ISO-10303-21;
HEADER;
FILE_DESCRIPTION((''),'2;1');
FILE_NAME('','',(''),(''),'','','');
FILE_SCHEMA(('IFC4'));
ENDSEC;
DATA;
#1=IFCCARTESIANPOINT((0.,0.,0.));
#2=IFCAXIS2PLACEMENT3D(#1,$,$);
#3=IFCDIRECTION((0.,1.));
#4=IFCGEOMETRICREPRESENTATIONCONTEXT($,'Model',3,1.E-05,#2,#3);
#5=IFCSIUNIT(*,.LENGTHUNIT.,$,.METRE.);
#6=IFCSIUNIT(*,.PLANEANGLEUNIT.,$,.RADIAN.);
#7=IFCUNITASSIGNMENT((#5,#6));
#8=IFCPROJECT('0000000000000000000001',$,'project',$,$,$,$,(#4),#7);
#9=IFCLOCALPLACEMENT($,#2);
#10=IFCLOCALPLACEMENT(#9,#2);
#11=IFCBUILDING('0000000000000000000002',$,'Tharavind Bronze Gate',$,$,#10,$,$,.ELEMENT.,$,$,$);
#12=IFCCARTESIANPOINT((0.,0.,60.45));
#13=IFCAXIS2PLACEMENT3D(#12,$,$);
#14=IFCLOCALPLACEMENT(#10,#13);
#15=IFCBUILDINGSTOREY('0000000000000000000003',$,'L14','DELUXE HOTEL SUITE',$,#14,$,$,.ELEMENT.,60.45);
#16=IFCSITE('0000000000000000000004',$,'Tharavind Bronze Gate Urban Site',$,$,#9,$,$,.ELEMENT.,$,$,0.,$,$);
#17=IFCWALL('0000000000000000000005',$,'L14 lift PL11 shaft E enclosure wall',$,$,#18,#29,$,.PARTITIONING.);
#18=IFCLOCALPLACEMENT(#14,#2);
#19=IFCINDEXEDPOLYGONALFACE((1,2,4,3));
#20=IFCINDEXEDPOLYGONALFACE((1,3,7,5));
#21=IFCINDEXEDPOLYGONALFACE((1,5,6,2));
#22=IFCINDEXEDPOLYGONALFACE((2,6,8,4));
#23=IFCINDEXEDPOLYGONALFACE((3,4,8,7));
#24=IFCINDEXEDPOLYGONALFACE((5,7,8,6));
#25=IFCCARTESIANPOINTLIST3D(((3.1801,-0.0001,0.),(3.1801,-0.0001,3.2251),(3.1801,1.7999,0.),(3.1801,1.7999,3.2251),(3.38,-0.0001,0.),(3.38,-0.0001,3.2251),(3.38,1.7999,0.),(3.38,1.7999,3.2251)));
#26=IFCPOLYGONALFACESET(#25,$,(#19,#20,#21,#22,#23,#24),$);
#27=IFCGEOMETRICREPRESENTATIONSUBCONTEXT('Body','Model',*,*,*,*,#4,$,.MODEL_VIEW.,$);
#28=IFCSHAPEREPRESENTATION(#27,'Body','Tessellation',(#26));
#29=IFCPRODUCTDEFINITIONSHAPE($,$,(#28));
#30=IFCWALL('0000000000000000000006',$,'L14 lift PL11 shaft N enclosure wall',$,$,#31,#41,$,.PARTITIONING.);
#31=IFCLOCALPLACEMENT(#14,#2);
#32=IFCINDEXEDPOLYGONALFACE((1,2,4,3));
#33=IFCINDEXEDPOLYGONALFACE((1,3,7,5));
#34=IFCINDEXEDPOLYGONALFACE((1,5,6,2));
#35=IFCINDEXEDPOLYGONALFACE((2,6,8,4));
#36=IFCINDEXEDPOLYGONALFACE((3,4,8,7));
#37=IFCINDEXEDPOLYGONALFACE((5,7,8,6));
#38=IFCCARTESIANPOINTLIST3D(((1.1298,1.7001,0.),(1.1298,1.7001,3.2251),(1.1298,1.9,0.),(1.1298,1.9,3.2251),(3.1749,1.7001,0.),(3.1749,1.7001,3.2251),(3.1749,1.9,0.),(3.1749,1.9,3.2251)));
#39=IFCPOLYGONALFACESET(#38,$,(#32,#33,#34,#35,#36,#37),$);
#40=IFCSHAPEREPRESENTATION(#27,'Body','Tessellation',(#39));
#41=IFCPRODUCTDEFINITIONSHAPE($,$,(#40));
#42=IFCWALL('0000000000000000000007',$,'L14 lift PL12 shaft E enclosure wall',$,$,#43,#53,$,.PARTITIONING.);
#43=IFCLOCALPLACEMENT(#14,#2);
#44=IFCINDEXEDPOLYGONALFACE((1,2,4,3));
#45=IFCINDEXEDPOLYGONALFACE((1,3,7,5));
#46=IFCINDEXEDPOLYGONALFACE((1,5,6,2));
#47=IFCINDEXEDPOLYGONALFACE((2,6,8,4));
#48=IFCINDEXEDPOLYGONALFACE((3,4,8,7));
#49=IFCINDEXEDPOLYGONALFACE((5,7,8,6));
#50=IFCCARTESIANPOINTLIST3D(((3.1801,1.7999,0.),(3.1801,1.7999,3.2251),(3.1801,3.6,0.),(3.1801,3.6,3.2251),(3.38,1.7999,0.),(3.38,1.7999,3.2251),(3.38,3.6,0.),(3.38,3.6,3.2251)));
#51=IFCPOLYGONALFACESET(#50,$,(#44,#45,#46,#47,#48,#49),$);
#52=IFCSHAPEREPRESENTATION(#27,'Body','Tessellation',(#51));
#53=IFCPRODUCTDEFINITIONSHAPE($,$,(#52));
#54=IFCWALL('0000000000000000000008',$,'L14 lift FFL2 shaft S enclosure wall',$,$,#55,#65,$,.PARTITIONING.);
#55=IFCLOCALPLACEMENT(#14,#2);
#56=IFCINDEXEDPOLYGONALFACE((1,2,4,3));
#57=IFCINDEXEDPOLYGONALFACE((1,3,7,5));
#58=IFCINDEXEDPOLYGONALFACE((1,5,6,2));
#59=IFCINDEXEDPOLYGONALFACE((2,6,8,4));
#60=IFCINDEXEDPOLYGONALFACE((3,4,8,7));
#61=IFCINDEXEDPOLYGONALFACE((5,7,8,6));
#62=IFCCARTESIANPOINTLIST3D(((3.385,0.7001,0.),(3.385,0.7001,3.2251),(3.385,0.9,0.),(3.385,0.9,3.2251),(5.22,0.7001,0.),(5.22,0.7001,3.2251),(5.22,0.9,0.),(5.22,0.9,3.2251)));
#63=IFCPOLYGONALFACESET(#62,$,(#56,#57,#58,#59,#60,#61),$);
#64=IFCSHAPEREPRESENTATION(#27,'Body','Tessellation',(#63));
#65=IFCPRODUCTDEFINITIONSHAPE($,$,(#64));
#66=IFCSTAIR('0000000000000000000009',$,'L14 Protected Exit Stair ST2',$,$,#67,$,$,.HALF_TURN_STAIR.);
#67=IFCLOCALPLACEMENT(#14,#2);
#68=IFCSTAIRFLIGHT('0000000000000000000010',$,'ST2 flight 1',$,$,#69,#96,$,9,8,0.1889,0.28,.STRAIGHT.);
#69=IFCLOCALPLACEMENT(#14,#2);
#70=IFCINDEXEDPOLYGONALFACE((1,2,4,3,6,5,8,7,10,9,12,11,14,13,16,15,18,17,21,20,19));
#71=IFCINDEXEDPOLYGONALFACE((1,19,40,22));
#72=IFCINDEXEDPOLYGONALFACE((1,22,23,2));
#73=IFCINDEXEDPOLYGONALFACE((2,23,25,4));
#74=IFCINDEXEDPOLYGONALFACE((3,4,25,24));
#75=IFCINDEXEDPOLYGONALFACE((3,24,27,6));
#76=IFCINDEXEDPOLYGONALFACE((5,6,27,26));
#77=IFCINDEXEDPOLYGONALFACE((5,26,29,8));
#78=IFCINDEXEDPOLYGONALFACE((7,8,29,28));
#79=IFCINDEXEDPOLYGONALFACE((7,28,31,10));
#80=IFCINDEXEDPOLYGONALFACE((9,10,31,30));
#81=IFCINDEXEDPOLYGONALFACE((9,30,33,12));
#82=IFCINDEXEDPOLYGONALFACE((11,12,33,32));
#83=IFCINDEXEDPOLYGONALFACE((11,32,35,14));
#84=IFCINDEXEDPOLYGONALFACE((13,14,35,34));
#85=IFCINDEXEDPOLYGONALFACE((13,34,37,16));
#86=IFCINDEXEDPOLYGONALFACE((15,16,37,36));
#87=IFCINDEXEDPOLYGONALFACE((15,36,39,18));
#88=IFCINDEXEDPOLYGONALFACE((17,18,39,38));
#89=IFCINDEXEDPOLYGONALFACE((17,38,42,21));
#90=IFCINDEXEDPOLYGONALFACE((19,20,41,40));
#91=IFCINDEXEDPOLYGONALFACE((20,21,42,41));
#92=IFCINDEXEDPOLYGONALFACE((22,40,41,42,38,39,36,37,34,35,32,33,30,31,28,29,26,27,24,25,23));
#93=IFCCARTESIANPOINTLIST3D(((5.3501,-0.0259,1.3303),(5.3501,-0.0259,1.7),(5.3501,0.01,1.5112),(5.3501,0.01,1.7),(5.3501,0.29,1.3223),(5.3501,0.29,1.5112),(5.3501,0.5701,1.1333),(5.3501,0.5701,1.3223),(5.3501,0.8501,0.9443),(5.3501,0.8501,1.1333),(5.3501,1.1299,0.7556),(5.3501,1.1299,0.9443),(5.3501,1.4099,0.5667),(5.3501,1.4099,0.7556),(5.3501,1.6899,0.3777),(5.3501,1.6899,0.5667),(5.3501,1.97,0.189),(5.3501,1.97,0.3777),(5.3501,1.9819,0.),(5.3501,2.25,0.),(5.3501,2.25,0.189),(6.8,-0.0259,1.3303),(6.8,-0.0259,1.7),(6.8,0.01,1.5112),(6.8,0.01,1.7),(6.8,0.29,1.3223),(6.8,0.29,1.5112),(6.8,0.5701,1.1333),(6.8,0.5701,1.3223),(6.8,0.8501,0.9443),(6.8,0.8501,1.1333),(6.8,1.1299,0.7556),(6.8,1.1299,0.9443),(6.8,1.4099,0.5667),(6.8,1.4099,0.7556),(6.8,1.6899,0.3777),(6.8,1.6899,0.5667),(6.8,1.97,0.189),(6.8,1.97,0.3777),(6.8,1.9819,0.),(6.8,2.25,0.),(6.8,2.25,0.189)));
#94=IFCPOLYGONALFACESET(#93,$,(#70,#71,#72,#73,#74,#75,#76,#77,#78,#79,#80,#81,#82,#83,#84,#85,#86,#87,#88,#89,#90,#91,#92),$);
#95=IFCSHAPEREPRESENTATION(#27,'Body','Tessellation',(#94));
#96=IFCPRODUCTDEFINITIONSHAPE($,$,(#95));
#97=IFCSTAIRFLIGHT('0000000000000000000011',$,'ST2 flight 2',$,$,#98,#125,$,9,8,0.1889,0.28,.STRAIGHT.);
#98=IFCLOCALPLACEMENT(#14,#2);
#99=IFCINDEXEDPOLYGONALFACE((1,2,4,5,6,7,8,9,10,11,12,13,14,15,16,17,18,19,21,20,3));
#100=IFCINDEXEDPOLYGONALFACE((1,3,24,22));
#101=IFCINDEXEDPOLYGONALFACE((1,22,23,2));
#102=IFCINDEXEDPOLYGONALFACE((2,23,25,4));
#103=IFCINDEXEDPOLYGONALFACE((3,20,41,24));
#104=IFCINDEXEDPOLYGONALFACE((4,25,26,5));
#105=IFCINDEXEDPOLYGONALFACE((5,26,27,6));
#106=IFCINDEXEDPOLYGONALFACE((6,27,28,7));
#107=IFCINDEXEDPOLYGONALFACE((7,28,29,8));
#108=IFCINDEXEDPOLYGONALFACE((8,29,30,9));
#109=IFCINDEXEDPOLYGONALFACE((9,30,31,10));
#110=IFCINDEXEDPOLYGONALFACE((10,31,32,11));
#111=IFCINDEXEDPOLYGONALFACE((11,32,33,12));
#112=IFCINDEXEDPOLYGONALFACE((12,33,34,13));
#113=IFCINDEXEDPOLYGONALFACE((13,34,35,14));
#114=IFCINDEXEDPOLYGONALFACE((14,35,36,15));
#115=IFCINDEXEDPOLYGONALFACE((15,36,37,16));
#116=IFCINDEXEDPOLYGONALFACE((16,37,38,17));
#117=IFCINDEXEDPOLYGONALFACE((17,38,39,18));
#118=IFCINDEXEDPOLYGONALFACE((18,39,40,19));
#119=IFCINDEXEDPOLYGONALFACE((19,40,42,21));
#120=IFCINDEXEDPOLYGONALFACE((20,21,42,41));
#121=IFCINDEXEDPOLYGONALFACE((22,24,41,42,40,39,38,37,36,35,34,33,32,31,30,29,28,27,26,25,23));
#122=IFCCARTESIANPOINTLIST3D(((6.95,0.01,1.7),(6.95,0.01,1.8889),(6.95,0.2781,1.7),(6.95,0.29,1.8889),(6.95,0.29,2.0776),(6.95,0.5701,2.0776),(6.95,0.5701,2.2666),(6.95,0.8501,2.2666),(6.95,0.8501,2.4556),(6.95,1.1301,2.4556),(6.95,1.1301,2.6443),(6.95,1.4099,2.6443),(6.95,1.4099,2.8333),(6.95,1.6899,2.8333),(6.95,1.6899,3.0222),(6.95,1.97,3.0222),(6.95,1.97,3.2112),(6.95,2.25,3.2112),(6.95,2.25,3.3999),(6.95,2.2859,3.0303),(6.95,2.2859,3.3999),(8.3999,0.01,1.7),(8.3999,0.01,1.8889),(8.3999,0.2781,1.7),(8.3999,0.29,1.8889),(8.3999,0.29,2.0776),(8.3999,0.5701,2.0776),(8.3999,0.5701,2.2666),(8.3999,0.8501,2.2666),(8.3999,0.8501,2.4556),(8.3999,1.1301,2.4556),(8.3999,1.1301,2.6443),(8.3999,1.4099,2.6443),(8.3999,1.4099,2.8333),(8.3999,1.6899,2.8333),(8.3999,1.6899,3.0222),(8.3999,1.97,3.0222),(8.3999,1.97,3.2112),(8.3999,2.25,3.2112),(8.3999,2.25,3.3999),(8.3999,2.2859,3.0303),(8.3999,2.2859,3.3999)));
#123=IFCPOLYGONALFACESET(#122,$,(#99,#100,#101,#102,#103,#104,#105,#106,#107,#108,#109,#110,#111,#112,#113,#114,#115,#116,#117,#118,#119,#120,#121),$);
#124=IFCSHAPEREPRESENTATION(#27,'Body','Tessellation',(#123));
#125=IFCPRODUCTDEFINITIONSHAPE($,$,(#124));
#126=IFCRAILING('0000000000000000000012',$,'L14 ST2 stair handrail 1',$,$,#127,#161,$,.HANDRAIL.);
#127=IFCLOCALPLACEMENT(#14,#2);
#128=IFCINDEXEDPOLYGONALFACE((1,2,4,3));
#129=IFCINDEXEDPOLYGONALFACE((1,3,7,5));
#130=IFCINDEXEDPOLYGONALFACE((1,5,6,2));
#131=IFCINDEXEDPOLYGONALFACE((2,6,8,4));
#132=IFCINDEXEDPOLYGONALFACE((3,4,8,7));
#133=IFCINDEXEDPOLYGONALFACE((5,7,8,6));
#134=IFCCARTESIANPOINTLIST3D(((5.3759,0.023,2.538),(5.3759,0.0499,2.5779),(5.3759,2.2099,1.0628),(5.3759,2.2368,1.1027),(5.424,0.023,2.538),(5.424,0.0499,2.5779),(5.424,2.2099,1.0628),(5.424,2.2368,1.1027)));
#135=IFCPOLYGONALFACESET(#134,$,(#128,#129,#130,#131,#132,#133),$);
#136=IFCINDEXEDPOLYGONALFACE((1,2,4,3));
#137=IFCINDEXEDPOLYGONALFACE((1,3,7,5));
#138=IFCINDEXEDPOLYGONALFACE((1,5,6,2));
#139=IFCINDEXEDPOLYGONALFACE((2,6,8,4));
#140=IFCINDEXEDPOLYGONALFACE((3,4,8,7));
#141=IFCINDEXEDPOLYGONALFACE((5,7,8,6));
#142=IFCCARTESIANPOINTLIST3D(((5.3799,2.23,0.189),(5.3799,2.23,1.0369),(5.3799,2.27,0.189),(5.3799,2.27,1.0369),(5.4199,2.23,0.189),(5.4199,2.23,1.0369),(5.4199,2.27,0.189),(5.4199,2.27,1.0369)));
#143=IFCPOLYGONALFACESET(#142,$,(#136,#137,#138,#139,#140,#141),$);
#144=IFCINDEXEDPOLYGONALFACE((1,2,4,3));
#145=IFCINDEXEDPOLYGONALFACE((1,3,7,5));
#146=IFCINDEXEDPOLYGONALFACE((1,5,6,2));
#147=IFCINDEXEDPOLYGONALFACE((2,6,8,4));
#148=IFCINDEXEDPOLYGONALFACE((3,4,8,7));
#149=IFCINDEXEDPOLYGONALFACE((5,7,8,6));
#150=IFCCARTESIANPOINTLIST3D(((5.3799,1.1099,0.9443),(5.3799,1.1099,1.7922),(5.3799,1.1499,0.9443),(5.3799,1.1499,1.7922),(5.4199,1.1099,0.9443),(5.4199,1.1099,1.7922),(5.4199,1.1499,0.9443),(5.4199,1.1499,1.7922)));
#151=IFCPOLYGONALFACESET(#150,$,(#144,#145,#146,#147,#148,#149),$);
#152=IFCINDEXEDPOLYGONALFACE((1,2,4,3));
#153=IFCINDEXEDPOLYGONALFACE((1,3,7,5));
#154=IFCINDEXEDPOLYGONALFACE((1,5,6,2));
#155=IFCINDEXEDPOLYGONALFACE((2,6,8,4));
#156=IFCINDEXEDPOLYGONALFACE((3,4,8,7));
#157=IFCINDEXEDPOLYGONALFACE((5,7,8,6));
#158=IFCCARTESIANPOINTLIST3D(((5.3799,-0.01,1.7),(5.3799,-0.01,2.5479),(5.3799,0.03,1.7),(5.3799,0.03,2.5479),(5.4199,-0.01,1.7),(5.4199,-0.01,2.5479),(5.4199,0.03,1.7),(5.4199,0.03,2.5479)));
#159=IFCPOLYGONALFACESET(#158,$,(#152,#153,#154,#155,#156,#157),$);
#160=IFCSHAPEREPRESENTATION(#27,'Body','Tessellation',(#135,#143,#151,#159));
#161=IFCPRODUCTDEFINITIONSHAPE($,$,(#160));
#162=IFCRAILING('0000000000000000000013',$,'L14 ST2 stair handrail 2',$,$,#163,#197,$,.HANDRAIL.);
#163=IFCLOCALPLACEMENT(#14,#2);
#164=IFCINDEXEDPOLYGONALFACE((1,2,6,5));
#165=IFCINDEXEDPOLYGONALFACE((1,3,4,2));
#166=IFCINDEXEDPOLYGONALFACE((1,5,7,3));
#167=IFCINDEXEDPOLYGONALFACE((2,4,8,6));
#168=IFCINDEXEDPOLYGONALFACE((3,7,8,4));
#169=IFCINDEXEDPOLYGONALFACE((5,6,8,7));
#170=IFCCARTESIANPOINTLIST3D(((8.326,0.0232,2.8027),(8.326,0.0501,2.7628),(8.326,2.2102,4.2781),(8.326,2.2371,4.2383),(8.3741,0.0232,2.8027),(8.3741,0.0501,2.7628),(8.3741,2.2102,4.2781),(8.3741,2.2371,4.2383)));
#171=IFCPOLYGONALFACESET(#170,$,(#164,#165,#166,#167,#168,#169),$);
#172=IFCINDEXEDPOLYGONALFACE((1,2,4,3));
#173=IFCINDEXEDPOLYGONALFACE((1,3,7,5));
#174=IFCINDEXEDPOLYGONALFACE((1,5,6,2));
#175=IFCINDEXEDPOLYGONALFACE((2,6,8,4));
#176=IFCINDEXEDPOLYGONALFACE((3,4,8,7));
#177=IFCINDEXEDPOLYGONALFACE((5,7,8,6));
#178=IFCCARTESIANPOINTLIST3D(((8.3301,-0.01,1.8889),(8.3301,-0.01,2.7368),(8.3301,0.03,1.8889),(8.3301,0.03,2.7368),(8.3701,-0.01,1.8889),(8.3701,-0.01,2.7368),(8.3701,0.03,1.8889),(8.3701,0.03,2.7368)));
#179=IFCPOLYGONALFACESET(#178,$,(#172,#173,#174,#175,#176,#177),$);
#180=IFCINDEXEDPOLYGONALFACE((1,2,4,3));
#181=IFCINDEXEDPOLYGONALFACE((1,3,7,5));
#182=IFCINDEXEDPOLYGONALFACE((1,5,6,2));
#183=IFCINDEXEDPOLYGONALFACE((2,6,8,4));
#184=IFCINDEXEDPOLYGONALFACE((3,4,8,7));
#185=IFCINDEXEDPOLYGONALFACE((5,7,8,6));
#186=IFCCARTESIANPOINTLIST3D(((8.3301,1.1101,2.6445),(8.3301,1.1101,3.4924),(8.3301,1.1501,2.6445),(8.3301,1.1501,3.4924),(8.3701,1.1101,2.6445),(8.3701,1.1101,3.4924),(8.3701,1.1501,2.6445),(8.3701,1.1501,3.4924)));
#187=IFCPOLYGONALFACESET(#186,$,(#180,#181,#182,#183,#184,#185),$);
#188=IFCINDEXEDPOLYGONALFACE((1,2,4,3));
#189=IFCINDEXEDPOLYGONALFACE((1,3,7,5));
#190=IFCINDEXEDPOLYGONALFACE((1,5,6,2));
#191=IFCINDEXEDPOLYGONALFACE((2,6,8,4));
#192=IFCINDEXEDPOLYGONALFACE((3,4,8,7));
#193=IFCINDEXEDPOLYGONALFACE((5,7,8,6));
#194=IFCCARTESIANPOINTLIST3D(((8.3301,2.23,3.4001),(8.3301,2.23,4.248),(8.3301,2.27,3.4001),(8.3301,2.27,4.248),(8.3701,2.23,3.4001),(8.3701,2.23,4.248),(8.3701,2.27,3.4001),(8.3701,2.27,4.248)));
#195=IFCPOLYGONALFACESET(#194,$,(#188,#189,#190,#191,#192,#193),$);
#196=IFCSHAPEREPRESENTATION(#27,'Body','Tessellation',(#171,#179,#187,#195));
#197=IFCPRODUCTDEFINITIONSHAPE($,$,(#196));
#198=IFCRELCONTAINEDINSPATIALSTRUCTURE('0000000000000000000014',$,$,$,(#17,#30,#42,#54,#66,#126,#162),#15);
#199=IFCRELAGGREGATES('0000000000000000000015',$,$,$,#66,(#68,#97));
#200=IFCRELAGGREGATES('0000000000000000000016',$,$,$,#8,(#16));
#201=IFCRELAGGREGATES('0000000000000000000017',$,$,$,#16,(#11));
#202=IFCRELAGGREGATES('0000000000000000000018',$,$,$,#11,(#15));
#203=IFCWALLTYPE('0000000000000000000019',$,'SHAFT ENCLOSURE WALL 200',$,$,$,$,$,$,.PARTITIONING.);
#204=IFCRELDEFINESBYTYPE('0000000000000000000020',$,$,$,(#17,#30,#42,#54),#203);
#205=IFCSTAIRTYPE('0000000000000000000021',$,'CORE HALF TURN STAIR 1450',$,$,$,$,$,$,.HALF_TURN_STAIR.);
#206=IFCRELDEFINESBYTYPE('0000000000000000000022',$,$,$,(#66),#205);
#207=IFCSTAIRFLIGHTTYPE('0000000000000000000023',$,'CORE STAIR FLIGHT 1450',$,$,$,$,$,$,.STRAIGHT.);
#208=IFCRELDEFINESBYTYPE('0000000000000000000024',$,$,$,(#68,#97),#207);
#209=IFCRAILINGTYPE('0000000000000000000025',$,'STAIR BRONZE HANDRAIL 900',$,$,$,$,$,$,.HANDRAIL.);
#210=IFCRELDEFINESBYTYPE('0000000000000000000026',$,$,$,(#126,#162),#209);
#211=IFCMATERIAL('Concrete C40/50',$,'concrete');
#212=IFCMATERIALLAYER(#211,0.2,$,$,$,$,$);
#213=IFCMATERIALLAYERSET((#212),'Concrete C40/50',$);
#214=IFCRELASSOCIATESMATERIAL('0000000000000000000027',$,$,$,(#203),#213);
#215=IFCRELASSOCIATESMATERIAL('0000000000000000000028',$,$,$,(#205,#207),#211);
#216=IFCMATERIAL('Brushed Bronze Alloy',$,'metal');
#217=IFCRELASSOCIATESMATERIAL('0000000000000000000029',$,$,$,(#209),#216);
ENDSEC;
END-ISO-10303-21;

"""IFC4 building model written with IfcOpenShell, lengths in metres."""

from ifc_helpers import new_model, si_unit, direction, frame, frame_2d, origin, origin_2d, place, context, subcontext, project, spatial, polyline, rectangle, outline, extrude, material, layer, layer_set, type_object, element, aggregate, save


model = new_model("IFC4")

# Units and contexts
model_context = context("Model", 3, precision=1e-05, world=origin(), true_north=direction((0.0, 1.0)))
body_context = subcontext(model_context, "Body", "Model", "MODEL_VIEW")
ifc_project = project(units=[si_unit("LENGTHUNIT", "METRE"), si_unit("PLANEANGLEUNIT", "RADIAN")], contexts=[model_context])

# Site, building, storey
site_placement = place(None, origin())
site = spatial("IfcSite", under=ifc_project, at=site_placement, Name="Tharavind Bronze Gate Urban Site", CompositionType="ELEMENT", RefElevation=0.0)
building_placement = place(site_placement, origin())
building = spatial("IfcBuilding", under=site, at=building_placement, Name="Tharavind Bronze Gate", CompositionType="ELEMENT")
storey_placement = place(building_placement, frame((0.0, 0.0, 60.45)))
storey = spatial("IfcBuildingStorey", under=building, at=storey_placement, Name="L14", Description="DELUXE HOTEL SUITE", CompositionType="ELEMENT", Elevation=60.45)

# Walls
ifc_material_1 = material(Name="Concrete C40/50", Category="concrete")
ifc_layer_1 = layer(ifc_material_1, 0.2)
ifc_layer_set_1 = layer_set([ifc_layer_1], Name="Concrete C40/50")
wall_type_1 = type_object("IfcWallType", Name="SHAFT ENCLOSURE WALL 200", PredefinedType="PARTITIONING", material=ifc_layer_set_1)
wall_1_placement = place(storey_placement, frame((3.28, 0.0, 0.0), z_axis=(0.0, 0.0, 1.0), x_axis=(0.0, 1.0, 0.0)))
element("IfcWall", 1, at=wall_1_placement, inside=storey, type_object=wall_type_1, Name="L14 lift PL11 shaft E enclosure wall", PredefinedType="PARTITIONING", context=body_context, shape_type="SweptSolid", body=[
    extrude(rectangle(XDim=1.8, YDim=0.2, at=frame_2d((0.8999, 0.0))), origin(), (0.0, 0.0, 1.0), 3.2251),
])
wall_2_placement = place(storey_placement, frame((1.1299, 1.8, 0.0), z_axis=(0.0, 0.0, 1.0), x_axis=(1.0, 0.0, 0.0)))
element("IfcWall", 2, at=wall_2_placement, inside=storey, type_object=wall_type_1, Name="L14 lift PL11 shaft N enclosure wall", PredefinedType="PARTITIONING", context=body_context, shape_type="SweptSolid", body=[
    extrude(rectangle(XDim=2.0452, YDim=0.2, at=frame_2d((1.0225, 0.0))), origin(), (0.0, 0.0, 1.0), 3.2251),
])
wall_3_placement = place(storey_placement, frame((3.28, 1.8, 0.0), z_axis=(0.0, 0.0, 1.0), x_axis=(0.0, 1.0, 0.0)))
element("IfcWall", 3, at=wall_3_placement, inside=storey, type_object=wall_type_1, Name="L14 lift PL12 shaft E enclosure wall", PredefinedType="PARTITIONING", context=body_context, shape_type="SweptSolid", body=[
    extrude(rectangle(XDim=1.8, YDim=0.2, at=frame_2d((0.8999, 0.0))), origin(), (0.0, 0.0, 1.0), 3.2251),
])
wall_4_placement = place(storey_placement, frame((3.385, 0.8, 0.0), z_axis=(0.0, 0.0, 1.0), x_axis=(1.0, 0.0, 0.0)))
element("IfcWall", 4, at=wall_4_placement, inside=storey, type_object=wall_type_1, Name="L14 lift FFL2 shaft S enclosure wall", PredefinedType="PARTITIONING", context=body_context, shape_type="SweptSolid", body=[
    extrude(rectangle(XDim=1.835, YDim=0.2, at=frame_2d((0.9175, 0.0))), origin(), (0.0, 0.0, 1.0), 3.2251),
])

# Stair, stair flights
stair_type = type_object("IfcStairType", Name="CORE HALF TURN STAIR 1450", PredefinedType="HALF_TURN_STAIR", material=ifc_material_1)
stair_placement = place(storey_placement, origin())
stair = element("IfcStair", 5, at=stair_placement, inside=storey, type_object=stair_type, Name="L14 Protected Exit Stair ST2", PredefinedType="HALF_TURN_STAIR")
stair_flight_type = type_object("IfcStairFlightType", Name="CORE STAIR FLIGHT 1450", PredefinedType="STRAIGHT", material=ifc_material_1)
stair_flight_1_placement = place(storey_placement, frame((6.075, 2.25, 0.0), z_axis=(0.0, 0.0, 1.0), x_axis=(0.0, -1.0, 0.0)))
stair_flight_1 = element("IfcStairFlight", 6, at=stair_flight_1_placement, type_object=stair_flight_type, Name="ST2 flight 1", NumberOfRisers=9, NumberOfTreads=8, PredefinedType="STRAIGHT", RiserHeight=0.1889, TreadLength=0.28, context=body_context, shape_type="SweptSolid", body=[
    extrude(outline(polyline([(0.0, 0.0), (0.0, 0.189), (0.28, 0.189), (0.28, 0.3777), (0.5601, 0.3777), (0.5601, 0.5667), (0.8401, 0.5667), (0.8401, 0.7556), (1.1201, 0.7556), (1.1201, 0.9443), (1.3999, 0.9443), (1.3999, 1.1333), (1.6799, 1.1333), (1.6799, 1.3223), (1.96, 1.3223), (1.96, 1.5112), (2.24, 1.5112), (2.24, 1.7), (2.2759, 1.7), (2.2759, 1.3303), (0.2681, 0.0), (0.0, 0.0)])), frame((0.0, 0.7251, 0.0), z_axis=(0.0, -1.0, 0.0), x_axis=(1.0, 0.0, 0.0)), (0.0, 0.0, 1.0), 1.45),
])
stair_flight_2_placement = place(storey_placement, frame((7.675, 0.01, 1.7), z_axis=(0.0, 0.0, 1.0), x_axis=(0.0, 1.0, 0.0)))
stair_flight_2 = element("IfcStairFlight", 7, at=stair_flight_2_placement, type_object=stair_flight_type, Name="ST2 flight 2", NumberOfRisers=9, NumberOfTreads=8, PredefinedType="STRAIGHT", RiserHeight=0.1889, TreadLength=0.28, context=body_context, shape_type="SweptSolid", body=[
    extrude(outline(polyline([(0.0, 0.0), (0.0, 0.189), (0.28, 0.189), (0.28, 0.3777), (0.5601, 0.3777), (0.5601, 0.5667), (0.8401, 0.5667), (0.8401, 0.7556), (1.1201, 0.7556), (1.1201, 0.9443), (1.3999, 0.9443), (1.3999, 1.1333), (1.6799, 1.1333), (1.6799, 1.3223), (1.96, 1.3223), (1.96, 1.5112), (2.24, 1.5112), (2.24, 1.7), (2.2759, 1.7), (2.2759, 1.3303), (0.2681, 0.0), (0.0, 0.0)])), frame((0.0, 0.7251, 0.0), z_axis=(0.0, -1.0, 0.0), x_axis=(1.0, 0.0, 0.0)), (0.0, 0.0, 1.0), 1.45),
])
aggregate(stair, [stair_flight_1, stair_flight_2])

# Railings
ifc_material_2 = material(Name="Brushed Bronze Alloy", Category="metal")
railing_type_1 = type_object("IfcRailingType", Name="STAIR BRONZE HANDRAIL 900", PredefinedType="HANDRAIL", material=ifc_material_2)
railing_1_placement = place(storey_placement, frame((5.3999, 2.25, 0.189)))
element("IfcRailing", 8, at=railing_1_placement, inside=storey, type_object=railing_type_1, Name="L14 ST2 stair handrail 1", PredefinedType="HANDRAIL", context=body_context, shape_type="SweptSolid", body=[
    extrude(rectangle(XDim=0.0481, YDim=0.0481, at=origin_2d()), frame((0.0, -0.0266, 0.8938), z_axis=(0.0, -0.829021, 0.559217), x_axis=(1.0, 0.0, 0.0)), (0.0, 0.0, 1.0), 2.6379),
    extrude(rectangle(XDim=0.04, YDim=0.04, at=origin_2d()), origin(), (0.0, 0.0, 1.0), 0.8479),
    extrude(rectangle(XDim=0.04, YDim=0.04, at=origin_2d()), frame((0.0, -1.1201, 0.7554)), (0.0, 0.0, 1.0), 0.8479),
    extrude(rectangle(XDim=0.04, YDim=0.04, at=origin_2d()), frame((0.0, -2.24, 1.511)), (0.0, 0.0, 1.0), 0.8479),
])
railing_2_placement = place(storey_placement, frame((8.3501, 0.01, 1.8889)))
element("IfcRailing", 9, at=railing_2_placement, inside=storey, type_object=railing_type_1, Name="L14 ST2 stair handrail 2", PredefinedType="HANDRAIL", context=body_context, shape_type="SweptSolid", body=[
    extrude(rectangle(XDim=0.0481, YDim=0.0481, at=origin_2d()), frame((0.0, 0.0266, 0.8938), z_axis=(0.0, 0.82898, 0.559279), x_axis=(-1.0, 0.0, 0.0)), (0.0, 0.0, 1.0), 2.6382),
    extrude(rectangle(XDim=0.04, YDim=0.04, at=origin_2d()), origin(), (0.0, 0.0, 1.0), 0.8479),
    extrude(rectangle(XDim=0.04, YDim=0.04, at=origin_2d()), frame((0.0, 1.1201, 0.7556)), (0.0, 0.0, 1.0), 0.8479),
    extrude(rectangle(XDim=0.04, YDim=0.04, at=origin_2d()), frame((0.0, 2.24, 1.5112)), (0.0, 0.0, 1.0), 0.8479),
])

save(model, "model.ifc")
